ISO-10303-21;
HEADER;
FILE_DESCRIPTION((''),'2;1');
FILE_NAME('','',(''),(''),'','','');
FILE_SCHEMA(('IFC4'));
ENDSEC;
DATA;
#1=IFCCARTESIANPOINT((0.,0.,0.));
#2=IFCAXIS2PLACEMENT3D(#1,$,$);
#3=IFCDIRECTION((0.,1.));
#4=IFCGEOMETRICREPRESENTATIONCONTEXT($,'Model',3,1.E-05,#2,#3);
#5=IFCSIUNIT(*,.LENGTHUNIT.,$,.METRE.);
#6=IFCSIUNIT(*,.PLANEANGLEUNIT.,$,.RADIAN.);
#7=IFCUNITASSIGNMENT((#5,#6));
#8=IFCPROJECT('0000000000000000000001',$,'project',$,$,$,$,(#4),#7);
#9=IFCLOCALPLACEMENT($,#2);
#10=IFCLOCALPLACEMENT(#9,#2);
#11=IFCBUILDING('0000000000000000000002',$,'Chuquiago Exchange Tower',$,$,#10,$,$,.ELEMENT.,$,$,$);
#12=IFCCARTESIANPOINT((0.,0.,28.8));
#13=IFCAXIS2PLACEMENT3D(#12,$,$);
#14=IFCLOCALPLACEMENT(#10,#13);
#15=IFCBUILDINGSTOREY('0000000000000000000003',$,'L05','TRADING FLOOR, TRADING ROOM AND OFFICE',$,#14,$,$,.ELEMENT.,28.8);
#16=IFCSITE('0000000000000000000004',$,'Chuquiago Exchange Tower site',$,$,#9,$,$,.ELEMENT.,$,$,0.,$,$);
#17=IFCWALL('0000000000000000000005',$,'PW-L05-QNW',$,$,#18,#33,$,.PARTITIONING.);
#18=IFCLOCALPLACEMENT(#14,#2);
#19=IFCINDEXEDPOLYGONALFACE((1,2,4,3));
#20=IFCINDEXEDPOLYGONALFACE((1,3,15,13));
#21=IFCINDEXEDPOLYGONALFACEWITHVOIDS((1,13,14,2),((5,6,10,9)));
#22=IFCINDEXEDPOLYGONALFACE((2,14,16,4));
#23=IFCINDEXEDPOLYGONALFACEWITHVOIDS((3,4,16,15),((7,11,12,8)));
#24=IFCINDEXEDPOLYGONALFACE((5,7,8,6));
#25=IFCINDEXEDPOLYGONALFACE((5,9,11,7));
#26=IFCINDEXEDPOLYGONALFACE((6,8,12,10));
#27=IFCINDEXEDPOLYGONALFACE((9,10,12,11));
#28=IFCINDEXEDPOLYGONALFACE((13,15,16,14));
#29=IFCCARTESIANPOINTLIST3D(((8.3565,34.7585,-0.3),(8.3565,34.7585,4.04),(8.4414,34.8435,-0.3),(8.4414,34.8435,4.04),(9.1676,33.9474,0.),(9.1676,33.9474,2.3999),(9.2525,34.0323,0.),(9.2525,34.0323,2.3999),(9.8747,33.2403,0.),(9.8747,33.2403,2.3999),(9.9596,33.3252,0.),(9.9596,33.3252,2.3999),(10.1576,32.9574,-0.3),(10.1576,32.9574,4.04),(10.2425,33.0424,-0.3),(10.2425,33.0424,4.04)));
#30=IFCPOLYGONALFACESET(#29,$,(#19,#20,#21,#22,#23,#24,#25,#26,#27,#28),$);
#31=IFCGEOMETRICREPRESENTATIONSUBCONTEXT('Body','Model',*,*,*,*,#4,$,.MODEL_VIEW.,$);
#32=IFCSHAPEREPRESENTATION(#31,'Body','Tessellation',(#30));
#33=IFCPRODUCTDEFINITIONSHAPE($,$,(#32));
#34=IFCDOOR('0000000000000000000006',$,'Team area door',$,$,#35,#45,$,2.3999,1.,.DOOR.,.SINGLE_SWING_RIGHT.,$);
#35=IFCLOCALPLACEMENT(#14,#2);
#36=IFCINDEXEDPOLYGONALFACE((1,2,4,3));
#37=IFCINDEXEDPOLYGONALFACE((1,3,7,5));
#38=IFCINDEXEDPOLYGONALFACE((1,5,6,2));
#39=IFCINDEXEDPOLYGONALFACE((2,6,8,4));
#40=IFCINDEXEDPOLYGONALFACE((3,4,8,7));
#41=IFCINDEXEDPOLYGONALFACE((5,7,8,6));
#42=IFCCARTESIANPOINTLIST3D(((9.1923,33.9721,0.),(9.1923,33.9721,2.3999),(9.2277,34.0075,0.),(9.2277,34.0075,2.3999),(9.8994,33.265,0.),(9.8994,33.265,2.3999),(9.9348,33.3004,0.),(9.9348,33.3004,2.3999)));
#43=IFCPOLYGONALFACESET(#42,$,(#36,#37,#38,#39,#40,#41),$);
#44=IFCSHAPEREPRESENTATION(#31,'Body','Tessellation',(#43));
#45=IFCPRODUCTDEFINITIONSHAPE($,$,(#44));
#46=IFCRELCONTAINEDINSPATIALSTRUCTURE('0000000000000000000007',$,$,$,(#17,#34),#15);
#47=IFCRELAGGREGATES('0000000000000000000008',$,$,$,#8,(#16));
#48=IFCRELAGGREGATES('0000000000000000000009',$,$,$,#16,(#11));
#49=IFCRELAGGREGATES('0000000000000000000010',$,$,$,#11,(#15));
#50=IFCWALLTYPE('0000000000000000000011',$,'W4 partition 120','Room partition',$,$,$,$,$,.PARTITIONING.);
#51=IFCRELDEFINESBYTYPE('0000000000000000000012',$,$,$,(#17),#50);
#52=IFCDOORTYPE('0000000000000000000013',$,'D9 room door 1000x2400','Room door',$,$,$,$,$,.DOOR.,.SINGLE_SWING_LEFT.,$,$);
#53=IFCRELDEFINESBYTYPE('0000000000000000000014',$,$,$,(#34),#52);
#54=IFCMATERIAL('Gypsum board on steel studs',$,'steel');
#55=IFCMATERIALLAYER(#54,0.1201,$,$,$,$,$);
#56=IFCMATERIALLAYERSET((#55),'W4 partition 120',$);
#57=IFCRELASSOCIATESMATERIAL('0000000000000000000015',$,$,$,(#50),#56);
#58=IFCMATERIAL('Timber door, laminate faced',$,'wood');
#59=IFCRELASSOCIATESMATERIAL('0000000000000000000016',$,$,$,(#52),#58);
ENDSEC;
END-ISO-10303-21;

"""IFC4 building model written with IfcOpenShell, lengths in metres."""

from ifc_helpers import new_model, si_unit, direction, frame, frame_2d, origin, place, context, subcontext, project, spatial, rectangle, extrude, material, layer, layer_set, type_object, element, fill, save


model = new_model("IFC4")

# Units and contexts
model_context = context("Model", 3, precision=1e-05, world=origin(), true_north=direction((0.0, 1.0)))
body_context = subcontext(model_context, "Body", "Model", "MODEL_VIEW")
ifc_project = project(units=[si_unit("LENGTHUNIT", "METRE"), si_unit("PLANEANGLEUNIT", "RADIAN")], contexts=[model_context])

# Site, building, storey
site_placement = place(None, origin())
site = spatial("IfcSite", under=ifc_project, at=site_placement, Name="Chuquiago Exchange Tower site", CompositionType="ELEMENT", RefElevation=0.0)
building_placement = place(site_placement, origin())
building = spatial("IfcBuilding", under=site, at=building_placement, Name="Chuquiago Exchange Tower", CompositionType="ELEMENT")
storey_placement = place(building_placement, frame((0.0, 0.0, 28.8)))
storey = spatial("IfcBuildingStorey", under=building, at=storey_placement, Name="L05", Description="TRADING FLOOR, TRADING ROOM AND OFFICE", CompositionType="ELEMENT", Elevation=28.8)

# Shared definitions
ifc_material_1 = material(Name="Gypsum board on steel studs", Category="steel")
ifc_layer_1 = layer(ifc_material_1, 0.1201)
ifc_layer_set_1 = layer_set([ifc_layer_1], Name="W4 partition 120")
wall_type_1 = type_object("IfcWallType", Name="W4 partition 120", Description="Room partition", PredefinedType="PARTITIONING", material=ifc_layer_set_1)

# Wall, opening, door
ifc_material_2 = material(Name="Timber door, laminate faced", Category="wood")
door_type = type_object("IfcDoorType", Name="D9 room door 1000x2400", Description="Room door", OperationType="SINGLE_SWING_LEFT", PredefinedType="DOOR", material=ifc_material_2)
wall_1_placement = place(storey_placement, frame((10.2, 33.0, -0.3), z_axis=(0.0, 0.0, 1.0), x_axis=(-0.707107, 0.707107, 0.0)))
wall_1 = element("IfcWall", 1, at=wall_1_placement, inside=storey, type_object=wall_type_1, Name="PW-L05-QNW", PredefinedType="PARTITIONING", context=body_context, shape_type="SweptSolid", body=[
    extrude(rectangle(XDim=2.5471, YDim=0.1201, at=frame_2d((1.2734, 0.0))), origin(), (0.0, 0.0, 1.0), 4.3401),
])
opening_1_placement = place(wall_1_placement, frame((0.3999, 0.0, 0.3)))
opening_1 = element("IfcOpeningElement", 2, at=opening_1_placement, cuts=wall_1, PredefinedType="OPENING", context=body_context, shape_type="SweptSolid", body=[
    extrude(rectangle(XDim=1.0, YDim=2.3999, at=frame_2d((0.5, 1.2))), frame((0.0, 0.0701, 0.0), z_axis=(0.0, -1.0, 0.0), x_axis=(1.0, 0.0, 0.0)), (0.0, 0.0, 1.0), 0.1401),
])
door_1_placement = place(opening_1_placement, frame((1.0, 0.0, 0.0), z_axis=(0.0, 0.0, 1.0), x_axis=(-1.0, 0.0, 0.0)))
door_1 = element("IfcDoor", 3, at=door_1_placement, inside=storey, type_object=door_type, Name="Team area door", OperationType="SINGLE_SWING_RIGHT", OverallHeight=2.3999, OverallWidth=1.0, PredefinedType="DOOR", context=body_context, shape_type="SweptSolid", body=[
    extrude(rectangle(XDim=1.0, YDim=2.3999, at=frame_2d((0.5, 1.2))), frame((0.0, 0.0249, 0.0), z_axis=(0.0, -1.0, 0.0), x_axis=(1.0, 0.0, 0.0)), (0.0, 0.0, 1.0), 0.05),
])
fill(opening_1, door_1)

save(model, "model.ifc")
